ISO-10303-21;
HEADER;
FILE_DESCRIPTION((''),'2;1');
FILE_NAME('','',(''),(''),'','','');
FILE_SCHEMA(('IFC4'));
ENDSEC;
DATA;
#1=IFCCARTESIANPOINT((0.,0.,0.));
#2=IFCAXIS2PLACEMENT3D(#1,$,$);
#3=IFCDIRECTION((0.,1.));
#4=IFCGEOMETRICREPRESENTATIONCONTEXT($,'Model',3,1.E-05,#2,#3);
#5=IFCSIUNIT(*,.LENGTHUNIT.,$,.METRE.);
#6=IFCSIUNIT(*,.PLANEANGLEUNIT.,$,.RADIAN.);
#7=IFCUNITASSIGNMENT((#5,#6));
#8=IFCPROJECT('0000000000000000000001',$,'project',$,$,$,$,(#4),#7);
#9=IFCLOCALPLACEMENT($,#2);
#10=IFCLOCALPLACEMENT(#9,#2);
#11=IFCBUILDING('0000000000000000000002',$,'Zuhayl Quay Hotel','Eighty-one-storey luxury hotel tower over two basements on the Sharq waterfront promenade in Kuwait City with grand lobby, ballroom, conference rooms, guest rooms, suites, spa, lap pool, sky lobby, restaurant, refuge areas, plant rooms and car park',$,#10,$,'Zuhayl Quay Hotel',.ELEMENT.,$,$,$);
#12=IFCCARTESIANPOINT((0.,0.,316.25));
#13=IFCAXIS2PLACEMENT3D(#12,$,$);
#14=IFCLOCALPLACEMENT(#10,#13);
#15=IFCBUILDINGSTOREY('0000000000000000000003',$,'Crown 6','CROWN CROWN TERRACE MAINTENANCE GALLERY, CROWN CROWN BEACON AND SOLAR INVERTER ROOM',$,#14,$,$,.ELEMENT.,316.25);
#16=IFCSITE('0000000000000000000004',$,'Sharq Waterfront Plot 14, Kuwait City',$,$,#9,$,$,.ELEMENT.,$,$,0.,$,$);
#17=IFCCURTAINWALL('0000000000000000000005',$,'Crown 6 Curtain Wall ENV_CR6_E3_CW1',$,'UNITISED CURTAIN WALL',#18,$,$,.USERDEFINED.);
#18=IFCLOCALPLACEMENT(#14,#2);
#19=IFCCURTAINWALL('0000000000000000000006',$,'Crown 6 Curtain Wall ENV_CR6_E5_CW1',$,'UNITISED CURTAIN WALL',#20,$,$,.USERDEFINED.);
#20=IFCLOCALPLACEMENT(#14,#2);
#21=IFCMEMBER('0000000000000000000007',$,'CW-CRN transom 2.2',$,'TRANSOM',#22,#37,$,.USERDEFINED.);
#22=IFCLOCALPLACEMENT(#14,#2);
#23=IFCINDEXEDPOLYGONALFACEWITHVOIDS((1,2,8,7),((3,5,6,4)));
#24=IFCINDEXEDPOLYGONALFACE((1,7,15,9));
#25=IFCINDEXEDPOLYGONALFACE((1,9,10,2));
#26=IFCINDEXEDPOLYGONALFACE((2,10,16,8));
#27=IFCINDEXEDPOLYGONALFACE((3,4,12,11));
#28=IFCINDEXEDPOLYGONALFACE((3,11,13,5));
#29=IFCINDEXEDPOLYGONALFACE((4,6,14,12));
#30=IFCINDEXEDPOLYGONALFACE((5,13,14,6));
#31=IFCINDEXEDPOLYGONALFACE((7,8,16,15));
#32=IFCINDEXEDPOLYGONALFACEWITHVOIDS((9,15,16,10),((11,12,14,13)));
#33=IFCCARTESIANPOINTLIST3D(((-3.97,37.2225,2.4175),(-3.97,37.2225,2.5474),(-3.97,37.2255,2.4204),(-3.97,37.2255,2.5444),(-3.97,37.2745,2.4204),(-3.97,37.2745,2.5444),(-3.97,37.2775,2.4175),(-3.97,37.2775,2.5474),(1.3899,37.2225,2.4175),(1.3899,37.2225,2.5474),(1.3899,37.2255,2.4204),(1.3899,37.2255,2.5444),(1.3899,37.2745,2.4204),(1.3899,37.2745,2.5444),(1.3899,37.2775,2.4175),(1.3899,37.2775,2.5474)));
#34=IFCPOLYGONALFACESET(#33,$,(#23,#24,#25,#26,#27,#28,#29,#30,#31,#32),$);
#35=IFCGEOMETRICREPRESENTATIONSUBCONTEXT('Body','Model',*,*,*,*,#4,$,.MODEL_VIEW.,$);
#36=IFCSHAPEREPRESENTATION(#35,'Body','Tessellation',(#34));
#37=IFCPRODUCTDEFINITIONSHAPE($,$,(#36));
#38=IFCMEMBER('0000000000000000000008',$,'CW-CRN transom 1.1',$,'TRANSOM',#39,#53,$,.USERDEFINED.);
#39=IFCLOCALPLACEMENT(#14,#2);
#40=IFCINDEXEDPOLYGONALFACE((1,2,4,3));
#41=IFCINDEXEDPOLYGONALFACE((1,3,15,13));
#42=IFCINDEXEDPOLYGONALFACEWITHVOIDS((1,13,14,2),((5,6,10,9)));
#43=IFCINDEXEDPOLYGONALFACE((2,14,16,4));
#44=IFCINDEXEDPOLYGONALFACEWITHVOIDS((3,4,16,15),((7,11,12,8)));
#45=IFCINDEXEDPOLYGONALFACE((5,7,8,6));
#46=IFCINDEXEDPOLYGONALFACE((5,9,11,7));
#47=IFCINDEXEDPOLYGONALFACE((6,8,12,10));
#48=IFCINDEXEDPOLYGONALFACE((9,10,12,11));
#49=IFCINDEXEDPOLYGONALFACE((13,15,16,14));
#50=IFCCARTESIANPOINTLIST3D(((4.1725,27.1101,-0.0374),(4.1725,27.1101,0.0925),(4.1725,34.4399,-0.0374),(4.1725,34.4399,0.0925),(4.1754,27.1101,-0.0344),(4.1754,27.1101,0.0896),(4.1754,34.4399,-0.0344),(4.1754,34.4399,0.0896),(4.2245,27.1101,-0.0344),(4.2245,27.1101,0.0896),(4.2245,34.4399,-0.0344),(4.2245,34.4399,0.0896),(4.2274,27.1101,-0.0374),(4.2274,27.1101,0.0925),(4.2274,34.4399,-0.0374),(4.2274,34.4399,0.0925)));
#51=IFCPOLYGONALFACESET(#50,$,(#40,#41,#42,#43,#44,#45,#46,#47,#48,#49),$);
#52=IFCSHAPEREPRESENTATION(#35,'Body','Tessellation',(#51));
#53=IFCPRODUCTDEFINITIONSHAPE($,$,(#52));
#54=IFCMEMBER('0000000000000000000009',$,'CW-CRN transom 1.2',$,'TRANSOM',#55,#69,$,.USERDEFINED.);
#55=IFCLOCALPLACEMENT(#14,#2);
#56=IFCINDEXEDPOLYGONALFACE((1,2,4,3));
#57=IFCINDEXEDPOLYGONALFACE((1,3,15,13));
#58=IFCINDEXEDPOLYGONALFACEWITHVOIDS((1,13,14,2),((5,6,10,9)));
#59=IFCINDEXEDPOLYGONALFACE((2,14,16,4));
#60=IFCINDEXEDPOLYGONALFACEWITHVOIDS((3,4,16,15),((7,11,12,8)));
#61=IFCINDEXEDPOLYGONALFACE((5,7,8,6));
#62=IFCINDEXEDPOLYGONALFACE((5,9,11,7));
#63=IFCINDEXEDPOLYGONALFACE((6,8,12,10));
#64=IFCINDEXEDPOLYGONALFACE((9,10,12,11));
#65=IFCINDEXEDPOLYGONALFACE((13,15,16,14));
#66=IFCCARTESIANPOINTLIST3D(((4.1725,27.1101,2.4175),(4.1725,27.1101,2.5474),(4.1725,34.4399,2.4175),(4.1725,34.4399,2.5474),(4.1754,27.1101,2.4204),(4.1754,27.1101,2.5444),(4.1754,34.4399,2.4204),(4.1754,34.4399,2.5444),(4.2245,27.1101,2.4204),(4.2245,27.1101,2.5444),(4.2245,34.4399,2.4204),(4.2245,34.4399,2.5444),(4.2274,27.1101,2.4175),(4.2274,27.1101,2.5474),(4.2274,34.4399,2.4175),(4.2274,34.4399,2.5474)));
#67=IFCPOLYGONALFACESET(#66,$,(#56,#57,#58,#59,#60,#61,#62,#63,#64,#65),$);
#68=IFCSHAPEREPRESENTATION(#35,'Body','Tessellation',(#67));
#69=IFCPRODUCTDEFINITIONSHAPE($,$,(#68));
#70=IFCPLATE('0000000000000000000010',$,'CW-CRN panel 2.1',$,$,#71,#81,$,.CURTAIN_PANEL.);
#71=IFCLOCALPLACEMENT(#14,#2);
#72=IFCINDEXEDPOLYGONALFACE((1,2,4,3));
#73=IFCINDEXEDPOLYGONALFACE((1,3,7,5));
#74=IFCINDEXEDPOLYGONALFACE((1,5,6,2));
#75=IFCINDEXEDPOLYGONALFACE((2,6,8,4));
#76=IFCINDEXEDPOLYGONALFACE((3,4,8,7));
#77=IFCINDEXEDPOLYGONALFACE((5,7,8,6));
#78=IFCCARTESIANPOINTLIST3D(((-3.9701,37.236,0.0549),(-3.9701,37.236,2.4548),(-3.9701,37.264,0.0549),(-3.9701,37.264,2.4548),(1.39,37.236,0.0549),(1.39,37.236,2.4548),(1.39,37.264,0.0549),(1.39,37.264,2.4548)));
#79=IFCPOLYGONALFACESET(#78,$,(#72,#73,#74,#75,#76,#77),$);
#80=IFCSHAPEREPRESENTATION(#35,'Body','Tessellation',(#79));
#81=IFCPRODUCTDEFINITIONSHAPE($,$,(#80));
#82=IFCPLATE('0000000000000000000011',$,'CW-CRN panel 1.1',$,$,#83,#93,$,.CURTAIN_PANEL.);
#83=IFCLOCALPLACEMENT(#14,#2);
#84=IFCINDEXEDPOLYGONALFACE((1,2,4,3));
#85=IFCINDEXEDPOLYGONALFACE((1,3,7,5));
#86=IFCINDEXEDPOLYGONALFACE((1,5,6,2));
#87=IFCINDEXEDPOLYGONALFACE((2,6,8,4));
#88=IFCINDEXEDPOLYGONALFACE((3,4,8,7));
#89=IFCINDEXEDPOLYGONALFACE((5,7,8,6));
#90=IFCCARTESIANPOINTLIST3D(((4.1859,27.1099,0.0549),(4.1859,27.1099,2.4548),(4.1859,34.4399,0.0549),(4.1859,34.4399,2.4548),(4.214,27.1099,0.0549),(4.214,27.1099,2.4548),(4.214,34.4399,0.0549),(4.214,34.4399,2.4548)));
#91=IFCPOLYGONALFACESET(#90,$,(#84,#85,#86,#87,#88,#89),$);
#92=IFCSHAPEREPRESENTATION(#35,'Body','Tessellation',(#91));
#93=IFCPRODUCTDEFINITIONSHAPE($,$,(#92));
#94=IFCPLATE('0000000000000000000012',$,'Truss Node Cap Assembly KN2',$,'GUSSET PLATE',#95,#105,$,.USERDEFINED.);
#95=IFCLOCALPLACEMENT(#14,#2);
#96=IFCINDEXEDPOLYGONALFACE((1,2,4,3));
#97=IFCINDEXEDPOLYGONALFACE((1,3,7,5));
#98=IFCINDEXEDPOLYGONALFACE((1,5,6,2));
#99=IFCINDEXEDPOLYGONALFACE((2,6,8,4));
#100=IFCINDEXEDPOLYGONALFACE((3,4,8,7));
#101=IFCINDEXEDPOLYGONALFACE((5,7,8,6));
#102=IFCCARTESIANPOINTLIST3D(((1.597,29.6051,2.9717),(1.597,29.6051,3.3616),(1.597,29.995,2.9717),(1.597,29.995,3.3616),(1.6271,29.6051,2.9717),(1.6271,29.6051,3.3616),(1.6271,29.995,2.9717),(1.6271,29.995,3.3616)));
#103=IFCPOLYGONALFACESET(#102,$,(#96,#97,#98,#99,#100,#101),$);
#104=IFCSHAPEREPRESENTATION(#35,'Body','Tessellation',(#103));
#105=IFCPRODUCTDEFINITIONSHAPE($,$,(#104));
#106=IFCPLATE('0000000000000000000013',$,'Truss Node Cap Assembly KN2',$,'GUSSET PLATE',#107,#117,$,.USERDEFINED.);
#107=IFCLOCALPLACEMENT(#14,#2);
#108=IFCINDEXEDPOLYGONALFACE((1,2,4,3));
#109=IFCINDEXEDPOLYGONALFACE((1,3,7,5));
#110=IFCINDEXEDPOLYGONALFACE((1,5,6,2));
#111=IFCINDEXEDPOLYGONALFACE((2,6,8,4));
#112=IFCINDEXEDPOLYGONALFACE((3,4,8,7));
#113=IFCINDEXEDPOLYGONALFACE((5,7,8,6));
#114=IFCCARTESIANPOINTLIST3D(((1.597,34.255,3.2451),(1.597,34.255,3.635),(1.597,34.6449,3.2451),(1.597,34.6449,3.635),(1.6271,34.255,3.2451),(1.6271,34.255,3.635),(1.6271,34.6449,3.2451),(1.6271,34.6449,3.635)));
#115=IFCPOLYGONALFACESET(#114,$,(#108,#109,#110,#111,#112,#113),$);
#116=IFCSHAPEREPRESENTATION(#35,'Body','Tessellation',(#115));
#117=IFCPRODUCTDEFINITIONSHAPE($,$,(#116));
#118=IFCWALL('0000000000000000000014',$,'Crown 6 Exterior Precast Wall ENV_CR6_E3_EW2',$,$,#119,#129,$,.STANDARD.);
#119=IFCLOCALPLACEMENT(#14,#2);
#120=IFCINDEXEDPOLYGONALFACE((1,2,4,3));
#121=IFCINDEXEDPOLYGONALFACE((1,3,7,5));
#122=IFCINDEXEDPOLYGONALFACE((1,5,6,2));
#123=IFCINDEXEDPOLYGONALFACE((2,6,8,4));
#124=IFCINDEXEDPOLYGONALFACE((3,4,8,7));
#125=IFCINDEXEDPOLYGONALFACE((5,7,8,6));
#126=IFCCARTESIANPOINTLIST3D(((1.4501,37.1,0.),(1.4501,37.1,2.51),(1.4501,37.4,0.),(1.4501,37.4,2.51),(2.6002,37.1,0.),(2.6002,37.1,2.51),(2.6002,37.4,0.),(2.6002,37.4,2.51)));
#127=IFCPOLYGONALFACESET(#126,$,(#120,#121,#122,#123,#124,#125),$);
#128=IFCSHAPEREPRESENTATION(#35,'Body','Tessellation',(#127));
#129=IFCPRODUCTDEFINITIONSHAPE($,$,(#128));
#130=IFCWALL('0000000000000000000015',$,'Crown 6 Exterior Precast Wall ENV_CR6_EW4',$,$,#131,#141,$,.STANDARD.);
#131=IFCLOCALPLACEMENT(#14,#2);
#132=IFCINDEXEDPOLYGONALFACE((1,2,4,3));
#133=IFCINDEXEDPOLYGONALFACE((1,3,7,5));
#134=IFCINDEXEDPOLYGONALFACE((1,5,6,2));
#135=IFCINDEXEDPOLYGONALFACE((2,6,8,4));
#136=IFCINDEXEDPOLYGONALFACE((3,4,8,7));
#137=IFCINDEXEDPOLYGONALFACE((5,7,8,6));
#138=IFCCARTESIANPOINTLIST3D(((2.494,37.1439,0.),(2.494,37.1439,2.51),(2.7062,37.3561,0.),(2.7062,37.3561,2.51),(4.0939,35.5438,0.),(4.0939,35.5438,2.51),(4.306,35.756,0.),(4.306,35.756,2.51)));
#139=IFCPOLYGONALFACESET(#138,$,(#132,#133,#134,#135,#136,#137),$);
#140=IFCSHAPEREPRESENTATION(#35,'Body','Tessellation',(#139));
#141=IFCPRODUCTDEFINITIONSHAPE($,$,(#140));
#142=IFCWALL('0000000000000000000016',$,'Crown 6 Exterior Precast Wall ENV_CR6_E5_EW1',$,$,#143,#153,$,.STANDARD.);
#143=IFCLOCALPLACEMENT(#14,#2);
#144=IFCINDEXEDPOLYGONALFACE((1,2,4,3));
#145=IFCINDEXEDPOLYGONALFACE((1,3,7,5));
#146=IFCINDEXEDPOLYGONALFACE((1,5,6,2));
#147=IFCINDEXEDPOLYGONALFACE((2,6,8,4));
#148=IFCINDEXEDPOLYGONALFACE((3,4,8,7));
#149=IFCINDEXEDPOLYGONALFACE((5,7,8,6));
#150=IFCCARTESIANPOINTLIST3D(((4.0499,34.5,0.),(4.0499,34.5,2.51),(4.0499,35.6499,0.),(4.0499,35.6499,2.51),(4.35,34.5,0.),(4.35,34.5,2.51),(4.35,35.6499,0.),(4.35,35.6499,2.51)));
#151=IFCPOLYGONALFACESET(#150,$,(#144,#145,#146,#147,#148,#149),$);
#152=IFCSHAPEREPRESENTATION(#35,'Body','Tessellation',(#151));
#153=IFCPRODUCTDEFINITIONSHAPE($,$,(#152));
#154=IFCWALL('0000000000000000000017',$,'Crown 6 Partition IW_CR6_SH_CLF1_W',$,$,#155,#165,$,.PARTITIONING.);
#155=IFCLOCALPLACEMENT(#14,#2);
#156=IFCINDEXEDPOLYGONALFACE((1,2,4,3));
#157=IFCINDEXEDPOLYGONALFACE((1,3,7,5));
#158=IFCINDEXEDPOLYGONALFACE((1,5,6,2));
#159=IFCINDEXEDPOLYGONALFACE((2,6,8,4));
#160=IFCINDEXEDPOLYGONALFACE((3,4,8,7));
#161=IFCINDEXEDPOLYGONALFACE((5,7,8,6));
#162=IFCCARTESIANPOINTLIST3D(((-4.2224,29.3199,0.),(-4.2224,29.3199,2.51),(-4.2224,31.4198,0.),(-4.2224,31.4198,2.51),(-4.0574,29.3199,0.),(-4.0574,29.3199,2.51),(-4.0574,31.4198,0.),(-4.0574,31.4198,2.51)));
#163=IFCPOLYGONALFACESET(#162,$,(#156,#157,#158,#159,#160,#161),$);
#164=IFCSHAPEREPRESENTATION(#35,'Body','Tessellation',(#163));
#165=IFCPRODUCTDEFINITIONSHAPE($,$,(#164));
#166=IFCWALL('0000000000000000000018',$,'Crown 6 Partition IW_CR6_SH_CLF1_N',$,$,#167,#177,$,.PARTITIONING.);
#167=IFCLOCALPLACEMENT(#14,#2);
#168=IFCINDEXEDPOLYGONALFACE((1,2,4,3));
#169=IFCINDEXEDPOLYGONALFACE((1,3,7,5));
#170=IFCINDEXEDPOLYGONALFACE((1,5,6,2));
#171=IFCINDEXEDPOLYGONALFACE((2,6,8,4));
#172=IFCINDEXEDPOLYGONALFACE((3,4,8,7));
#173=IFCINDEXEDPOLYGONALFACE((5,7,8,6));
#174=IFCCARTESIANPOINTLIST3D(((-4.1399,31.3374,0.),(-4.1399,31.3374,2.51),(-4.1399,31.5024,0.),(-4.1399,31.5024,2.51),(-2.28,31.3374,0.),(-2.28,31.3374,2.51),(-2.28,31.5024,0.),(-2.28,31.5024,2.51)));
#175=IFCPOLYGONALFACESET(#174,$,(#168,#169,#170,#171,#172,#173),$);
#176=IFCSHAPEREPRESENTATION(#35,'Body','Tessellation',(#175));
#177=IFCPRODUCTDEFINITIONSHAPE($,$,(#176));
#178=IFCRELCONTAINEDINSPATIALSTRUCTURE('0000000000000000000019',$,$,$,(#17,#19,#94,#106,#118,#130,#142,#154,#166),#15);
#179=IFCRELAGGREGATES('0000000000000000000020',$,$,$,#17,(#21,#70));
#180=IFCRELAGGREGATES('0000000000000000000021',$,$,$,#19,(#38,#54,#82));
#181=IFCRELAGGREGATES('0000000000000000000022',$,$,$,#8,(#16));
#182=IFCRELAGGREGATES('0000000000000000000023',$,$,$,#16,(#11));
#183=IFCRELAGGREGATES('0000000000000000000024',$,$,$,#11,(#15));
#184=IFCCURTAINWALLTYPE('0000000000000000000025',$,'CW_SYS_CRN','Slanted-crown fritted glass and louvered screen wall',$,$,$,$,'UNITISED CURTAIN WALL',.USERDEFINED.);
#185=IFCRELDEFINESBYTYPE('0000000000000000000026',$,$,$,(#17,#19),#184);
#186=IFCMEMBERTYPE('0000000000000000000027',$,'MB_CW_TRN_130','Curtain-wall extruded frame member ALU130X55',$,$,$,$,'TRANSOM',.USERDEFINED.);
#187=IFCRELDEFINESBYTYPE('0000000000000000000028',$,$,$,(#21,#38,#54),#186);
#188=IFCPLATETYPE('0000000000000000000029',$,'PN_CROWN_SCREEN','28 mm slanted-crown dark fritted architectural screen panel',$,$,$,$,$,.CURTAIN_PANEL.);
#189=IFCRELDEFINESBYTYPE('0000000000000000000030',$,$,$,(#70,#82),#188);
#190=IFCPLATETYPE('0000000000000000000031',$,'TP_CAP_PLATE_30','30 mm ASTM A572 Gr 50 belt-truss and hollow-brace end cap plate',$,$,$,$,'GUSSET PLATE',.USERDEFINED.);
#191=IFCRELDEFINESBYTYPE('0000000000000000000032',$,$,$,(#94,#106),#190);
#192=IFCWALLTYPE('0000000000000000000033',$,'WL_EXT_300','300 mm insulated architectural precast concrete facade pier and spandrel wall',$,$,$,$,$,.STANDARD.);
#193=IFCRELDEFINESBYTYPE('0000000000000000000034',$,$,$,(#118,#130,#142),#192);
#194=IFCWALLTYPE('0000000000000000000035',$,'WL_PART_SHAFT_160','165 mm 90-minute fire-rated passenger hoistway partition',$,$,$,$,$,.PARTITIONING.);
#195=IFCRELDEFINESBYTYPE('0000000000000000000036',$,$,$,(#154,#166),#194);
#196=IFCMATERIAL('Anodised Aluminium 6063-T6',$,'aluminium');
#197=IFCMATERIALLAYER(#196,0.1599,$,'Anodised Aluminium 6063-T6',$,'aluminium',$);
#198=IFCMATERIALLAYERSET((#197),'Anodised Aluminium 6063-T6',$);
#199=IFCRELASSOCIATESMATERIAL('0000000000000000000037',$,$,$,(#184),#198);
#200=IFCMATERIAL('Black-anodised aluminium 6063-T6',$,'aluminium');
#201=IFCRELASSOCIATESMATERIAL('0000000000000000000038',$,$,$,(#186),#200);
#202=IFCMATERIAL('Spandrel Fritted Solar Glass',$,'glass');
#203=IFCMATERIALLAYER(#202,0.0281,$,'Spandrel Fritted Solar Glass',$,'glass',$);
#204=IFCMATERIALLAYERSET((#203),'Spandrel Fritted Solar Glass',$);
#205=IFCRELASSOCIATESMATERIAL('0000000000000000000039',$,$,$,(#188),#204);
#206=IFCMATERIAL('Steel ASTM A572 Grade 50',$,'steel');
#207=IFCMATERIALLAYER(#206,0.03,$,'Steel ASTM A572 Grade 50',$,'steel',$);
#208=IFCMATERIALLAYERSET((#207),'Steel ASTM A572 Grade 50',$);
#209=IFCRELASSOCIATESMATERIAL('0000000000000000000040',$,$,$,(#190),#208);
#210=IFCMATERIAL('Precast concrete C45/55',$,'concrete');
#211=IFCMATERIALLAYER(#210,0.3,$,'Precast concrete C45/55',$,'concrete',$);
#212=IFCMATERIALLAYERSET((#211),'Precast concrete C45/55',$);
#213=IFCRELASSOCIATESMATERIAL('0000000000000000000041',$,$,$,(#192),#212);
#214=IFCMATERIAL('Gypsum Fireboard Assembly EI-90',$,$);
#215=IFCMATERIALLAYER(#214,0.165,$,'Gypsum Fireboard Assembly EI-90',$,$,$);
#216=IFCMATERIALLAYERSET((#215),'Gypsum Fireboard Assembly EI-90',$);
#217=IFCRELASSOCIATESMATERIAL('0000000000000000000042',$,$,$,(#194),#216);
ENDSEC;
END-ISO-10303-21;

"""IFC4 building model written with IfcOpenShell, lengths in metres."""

from ifc_helpers import new_model, si_unit, direction, frame, frame_2d, origin, origin_2d, place, context, subcontext, project, spatial, rectangle, hollow_rectangle, extrude, material, layer, layer_set, material_profile, profile_set, type_object, element, aggregate, save


model = new_model("IFC4")

# Units and contexts
model_context = context("Model", 3, precision=1e-05, world=origin(), true_north=direction((0.0, 1.0)))
body_context = subcontext(model_context, "Body", "Model", "MODEL_VIEW")
ifc_project = project(units=[si_unit("LENGTHUNIT", "METRE"), si_unit("PLANEANGLEUNIT", "RADIAN")], contexts=[model_context])

# Site, building, storey
site_placement = place(None, origin())
site = spatial("IfcSite", under=ifc_project, at=site_placement, Name="Sharq Waterfront Plot 14, Kuwait City", CompositionType="ELEMENT", RefElevation=0.0)
building_placement = place(site_placement, origin())
building = spatial("IfcBuilding", under=site, at=building_placement, Name="Zuhayl Quay Hotel", Description="Eighty-one-storey luxury hotel tower over two basements on the Sharq waterfront promenade in Kuwait City with grand lobby, ballroom, conference rooms, guest rooms, suites, spa, lap pool, sky lobby, restaurant, refuge areas, plant rooms and car park", LongName="Zuhayl Quay Hotel", CompositionType="ELEMENT")
storey_placement = place(building_placement, frame((0.0, 0.0, 316.25)))
storey = spatial("IfcBuildingStorey", under=building, at=storey_placement, Name="Crown 6", Description="CROWN CROWN TERRACE MAINTENANCE GALLERY, CROWN CROWN BEACON AND SOLAR INVERTER ROOM", CompositionType="ELEMENT", Elevation=316.25)

# Curtain wall
ifc_material_1 = material(Name="Anodised Aluminium 6063-T6", Category="aluminium")
ifc_layer_1 = layer(ifc_material_1, 0.1599, Name="Anodised Aluminium 6063-T6", Category="aluminium")
ifc_layer_set_1 = layer_set([ifc_layer_1], Name="Anodised Aluminium 6063-T6")
curtain_wall_type = type_object("IfcCurtainWallType", Name="CW_SYS_CRN", Description="Slanted-crown fritted glass and louvered screen wall", ElementType="UNITISED CURTAIN WALL", PredefinedType="USERDEFINED", material=ifc_layer_set_1)
curtain_wall_1_placement = place(storey_placement, origin())
curtain_wall_1 = element("IfcCurtainWall", 1, at=curtain_wall_1_placement, inside=storey, type_object=curtain_wall_type, Name="Crown 6 Curtain Wall ENV_CR6_E3_CW1", ObjectType="UNITISED CURTAIN WALL", PredefinedType="USERDEFINED")
ifc_material_2 = material(Name="Black-anodised aluminium 6063-T6", Category="aluminium")

# Curtain wall
curtain_wall_2_placement = place(storey_placement, origin())
curtain_wall_2 = element("IfcCurtainWall", 2, at=curtain_wall_2_placement, inside=storey, type_object=curtain_wall_type, Name="Crown 6 Curtain Wall ENV_CR6_E5_CW1", ObjectType="UNITISED CURTAIN WALL", PredefinedType="USERDEFINED")

# Members
ifc_material_profile_1 = material_profile(ifc_material_2, hollow_rectangle(XDim=0.0549, YDim=0.1299, WallThickness=0.0029, at=origin_2d()), Name="ALU130X55")
ifc_profile_set_1 = profile_set([ifc_material_profile_1], Name="Black-anodised aluminium 6063-T6")
member_type_1 = type_object("IfcMemberType", Name="MB_CW_TRN_130", Description="Curtain-wall extruded frame member ALU130X55", ElementType="TRANSOM", PredefinedType="USERDEFINED", material=ifc_profile_set_1)
member_1_placement = place(storey_placement, frame((-3.97, 37.25, 2.4824), z_axis=(1.0, 0.0, 0.0), x_axis=(0.0, 1.0, 0.0)))
member_1 = element("IfcMember", 3, at=member_1_placement, type_object=member_type_1, Name="CW-CRN transom 2.2", ObjectType="TRANSOM", PredefinedType="USERDEFINED", context=body_context, shape_type="SweptSolid", body=[
    extrude(hollow_rectangle(XDim=0.0549, YDim=0.1299, WallThickness=0.0029, at=origin_2d()), origin(), (0.0, 0.0, 1.0), 5.3599),
])
member_2_placement = place(storey_placement, frame((4.2, 34.4399, 0.0276), z_axis=(0.0, -1.0, 0.0), x_axis=(1.0, 0.0, 0.0)))
member_2 = element("IfcMember", 4, at=member_2_placement, type_object=member_type_1, Name="CW-CRN transom 1.1", ObjectType="TRANSOM", PredefinedType="USERDEFINED", context=body_context, shape_type="SweptSolid", body=[
    extrude(hollow_rectangle(XDim=0.0549, YDim=0.1299, WallThickness=0.0029, at=origin_2d()), origin(), (0.0, 0.0, 1.0), 7.3298),
])
member_3_placement = place(storey_placement, frame((4.2, 34.4399, 2.4824), z_axis=(0.0, -1.0, 0.0), x_axis=(1.0, 0.0, 0.0)))
member_3 = element("IfcMember", 5, at=member_3_placement, type_object=member_type_1, Name="CW-CRN transom 1.2", ObjectType="TRANSOM", PredefinedType="USERDEFINED", context=body_context, shape_type="SweptSolid", body=[
    extrude(hollow_rectangle(XDim=0.0549, YDim=0.1299, WallThickness=0.0029, at=origin_2d()), origin(), (0.0, 0.0, 1.0), 7.3298),
])

# Plates
ifc_material_3 = material(Name="Spandrel Fritted Solar Glass", Category="glass")
ifc_layer_2 = layer(ifc_material_3, 0.0281, Name="Spandrel Fritted Solar Glass", Category="glass")
ifc_layer_set_2 = layer_set([ifc_layer_2], Name="Spandrel Fritted Solar Glass")
plate_type_1 = type_object("IfcPlateType", Name="PN_CROWN_SCREEN", Description="28 mm slanted-crown dark fritted architectural screen panel", PredefinedType="CURTAIN_PANEL", material=ifc_layer_set_2)
plate_1_placement = place(storey_placement, frame((-1.29, 37.25, 0.0549), z_axis=(0.0, 0.0, 1.0), x_axis=(1.0, 0.0, 0.0)))
plate_1 = element("IfcPlate", 6, at=plate_1_placement, type_object=plate_type_1, Name="CW-CRN panel 2.1", PredefinedType="CURTAIN_PANEL", context=body_context, shape_type="SweptSolid", body=[
    extrude(rectangle(XDim=5.3601, YDim=0.0281, at=origin_2d()), origin(), (0.0, 0.0, 1.0), 2.3999),
])
aggregate(curtain_wall_1, [member_1, plate_1])
plate_2_placement = place(storey_placement, frame((4.2, 30.7749, 0.0549), z_axis=(0.0, 0.0, 1.0), x_axis=(0.0, -1.0, 0.0)))
plate_2 = element("IfcPlate", 7, at=plate_2_placement, type_object=plate_type_1, Name="CW-CRN panel 1.1", PredefinedType="CURTAIN_PANEL", context=body_context, shape_type="SweptSolid", body=[
    extrude(rectangle(XDim=7.3301, YDim=0.0281, at=origin_2d()), origin(), (0.0, 0.0, 1.0), 2.3999),
])
aggregate(curtain_wall_2, [member_2, member_3, plate_2])

# Plates
ifc_material_4 = material(Name="Steel ASTM A572 Grade 50", Category="steel")
ifc_layer_3 = layer(ifc_material_4, 0.03, Name="Steel ASTM A572 Grade 50", Category="steel")
ifc_layer_set_3 = layer_set([ifc_layer_3], Name="Steel ASTM A572 Grade 50")
plate_type_2 = type_object("IfcPlateType", Name="TP_CAP_PLATE_30", Description="30 mm ASTM A572 Gr 50 belt-truss and hollow-brace end cap plate", ElementType="GUSSET PLATE", PredefinedType="USERDEFINED", material=ifc_layer_set_3)
for number, where, z_axis, x_axis, name in (
    (8, (1.6121, 29.8, 2.9717), (0.0, 0.0, 1.0), (1.0, 0.0, 0.0), "Truss Node Cap Assembly KN2"),
    (9, (1.6121, 34.45, 3.2451), (0.0, 0.0, 1.0), (1.0, 0.0, 0.0), "Truss Node Cap Assembly KN2"),
):
    element("IfcPlate", number, at=place(storey_placement, frame(where, z_axis=z_axis, x_axis=x_axis)), inside=storey, type_object=plate_type_2, Name=name, ObjectType="GUSSET PLATE", PredefinedType="USERDEFINED", context=body_context, shape_type="SweptSolid", body=[
        extrude(rectangle(XDim=0.03, YDim=0.3899, at=origin_2d()), origin(), (0.0, 0.0, 1.0), 0.3899),
    ])

# Walls
ifc_material_5 = material(Name="Precast concrete C45/55", Category="concrete")
ifc_layer_4 = layer(ifc_material_5, 0.3, Name="Precast concrete C45/55", Category="concrete")
ifc_layer_set_4 = layer_set([ifc_layer_4], Name="Precast concrete C45/55")
wall_type_1 = type_object("IfcWallType", Name="WL_EXT_300", Description="300 mm insulated architectural precast concrete facade pier and spandrel wall", PredefinedType="STANDARD", material=ifc_layer_set_4)
wall_1_placement = place(storey_placement, frame((1.45, 37.25, 0.0), z_axis=(0.0, 0.0, 1.0), x_axis=(1.0, 0.0, 0.0)))
element("IfcWall", 10, at=wall_1_placement, inside=storey, type_object=wall_type_1, Name="Crown 6 Exterior Precast Wall ENV_CR6_E3_EW2", PredefinedType="STANDARD", context=body_context, shape_type="SweptSolid", body=[
    extrude(rectangle(XDim=1.1501, YDim=0.3, at=frame_2d((0.5752, 0.0))), origin(), (0.0, 0.0, 1.0), 2.51),
])
wall_2_placement = place(storey_placement, frame((2.6001, 37.25, 0.0), z_axis=(0.0, 0.0, 1.0), x_axis=(0.707053, -0.707161, 0.0)))
element("IfcWall", 11, at=wall_2_placement, inside=storey, type_object=wall_type_1, Name="Crown 6 Exterior Precast Wall ENV_CR6_EW4", PredefinedType="STANDARD", context=body_context, shape_type="SweptSolid", body=[
    extrude(rectangle(XDim=2.2627, YDim=0.3, at=frame_2d((1.1313, 0.0))), origin(), (0.0, 0.0, 1.0), 2.51),
])
wall_3_placement = place(storey_placement, frame((4.2, 35.6499, 0.0), z_axis=(0.0, 0.0, 1.0), x_axis=(0.0, -1.0, 0.0)))
element("IfcWall", 12, at=wall_3_placement, inside=storey, type_object=wall_type_1, Name="Crown 6 Exterior Precast Wall ENV_CR6_E5_EW1", PredefinedType="STANDARD", context=body_context, shape_type="SweptSolid", body=[
    extrude(rectangle(XDim=1.1499, YDim=0.3, at=frame_2d((0.575, 0.0))), origin(), (0.0, 0.0, 1.0), 2.51),
])
ifc_material_6 = material(Name="Gypsum Fireboard Assembly EI-90")
ifc_layer_5 = layer(ifc_material_6, 0.165, Name="Gypsum Fireboard Assembly EI-90")
ifc_layer_set_5 = layer_set([ifc_layer_5], Name="Gypsum Fireboard Assembly EI-90")
wall_type_2 = type_object("IfcWallType", Name="WL_PART_SHAFT_160", Description="165 mm 90-minute fire-rated passenger hoistway partition", PredefinedType="PARTITIONING", material=ifc_layer_set_5)
wall_4_placement = place(storey_placement, frame((-4.1399, 29.3201, 0.0), z_axis=(0.0, 0.0, 1.0), x_axis=(0.0, 1.0, 0.0)))
element("IfcWall", 13, at=wall_4_placement, inside=storey, type_object=wall_type_2, Name="Crown 6 Partition IW_CR6_SH_CLF1_W", PredefinedType="PARTITIONING", context=body_context, shape_type="SweptSolid", body=[
    extrude(rectangle(XDim=2.0999, YDim=0.165, at=frame_2d((1.0498, 0.0))), origin(), (0.0, 0.0, 1.0), 2.51),
])
wall_5_placement = place(storey_placement, frame((-4.1399, 31.4199, 0.0), z_axis=(0.0, 0.0, 1.0), x_axis=(1.0, 0.0, 0.0)))
element("IfcWall", 14, at=wall_5_placement, inside=storey, type_object=wall_type_2, Name="Crown 6 Partition IW_CR6_SH_CLF1_N", PredefinedType="PARTITIONING", context=body_context, shape_type="SweptSolid", body=[
    extrude(rectangle(XDim=1.8599, YDim=0.165, at=frame_2d((0.9299, 0.0))), origin(), (0.0, 0.0, 1.0), 2.51),
])

save(model, "model.ifc")
